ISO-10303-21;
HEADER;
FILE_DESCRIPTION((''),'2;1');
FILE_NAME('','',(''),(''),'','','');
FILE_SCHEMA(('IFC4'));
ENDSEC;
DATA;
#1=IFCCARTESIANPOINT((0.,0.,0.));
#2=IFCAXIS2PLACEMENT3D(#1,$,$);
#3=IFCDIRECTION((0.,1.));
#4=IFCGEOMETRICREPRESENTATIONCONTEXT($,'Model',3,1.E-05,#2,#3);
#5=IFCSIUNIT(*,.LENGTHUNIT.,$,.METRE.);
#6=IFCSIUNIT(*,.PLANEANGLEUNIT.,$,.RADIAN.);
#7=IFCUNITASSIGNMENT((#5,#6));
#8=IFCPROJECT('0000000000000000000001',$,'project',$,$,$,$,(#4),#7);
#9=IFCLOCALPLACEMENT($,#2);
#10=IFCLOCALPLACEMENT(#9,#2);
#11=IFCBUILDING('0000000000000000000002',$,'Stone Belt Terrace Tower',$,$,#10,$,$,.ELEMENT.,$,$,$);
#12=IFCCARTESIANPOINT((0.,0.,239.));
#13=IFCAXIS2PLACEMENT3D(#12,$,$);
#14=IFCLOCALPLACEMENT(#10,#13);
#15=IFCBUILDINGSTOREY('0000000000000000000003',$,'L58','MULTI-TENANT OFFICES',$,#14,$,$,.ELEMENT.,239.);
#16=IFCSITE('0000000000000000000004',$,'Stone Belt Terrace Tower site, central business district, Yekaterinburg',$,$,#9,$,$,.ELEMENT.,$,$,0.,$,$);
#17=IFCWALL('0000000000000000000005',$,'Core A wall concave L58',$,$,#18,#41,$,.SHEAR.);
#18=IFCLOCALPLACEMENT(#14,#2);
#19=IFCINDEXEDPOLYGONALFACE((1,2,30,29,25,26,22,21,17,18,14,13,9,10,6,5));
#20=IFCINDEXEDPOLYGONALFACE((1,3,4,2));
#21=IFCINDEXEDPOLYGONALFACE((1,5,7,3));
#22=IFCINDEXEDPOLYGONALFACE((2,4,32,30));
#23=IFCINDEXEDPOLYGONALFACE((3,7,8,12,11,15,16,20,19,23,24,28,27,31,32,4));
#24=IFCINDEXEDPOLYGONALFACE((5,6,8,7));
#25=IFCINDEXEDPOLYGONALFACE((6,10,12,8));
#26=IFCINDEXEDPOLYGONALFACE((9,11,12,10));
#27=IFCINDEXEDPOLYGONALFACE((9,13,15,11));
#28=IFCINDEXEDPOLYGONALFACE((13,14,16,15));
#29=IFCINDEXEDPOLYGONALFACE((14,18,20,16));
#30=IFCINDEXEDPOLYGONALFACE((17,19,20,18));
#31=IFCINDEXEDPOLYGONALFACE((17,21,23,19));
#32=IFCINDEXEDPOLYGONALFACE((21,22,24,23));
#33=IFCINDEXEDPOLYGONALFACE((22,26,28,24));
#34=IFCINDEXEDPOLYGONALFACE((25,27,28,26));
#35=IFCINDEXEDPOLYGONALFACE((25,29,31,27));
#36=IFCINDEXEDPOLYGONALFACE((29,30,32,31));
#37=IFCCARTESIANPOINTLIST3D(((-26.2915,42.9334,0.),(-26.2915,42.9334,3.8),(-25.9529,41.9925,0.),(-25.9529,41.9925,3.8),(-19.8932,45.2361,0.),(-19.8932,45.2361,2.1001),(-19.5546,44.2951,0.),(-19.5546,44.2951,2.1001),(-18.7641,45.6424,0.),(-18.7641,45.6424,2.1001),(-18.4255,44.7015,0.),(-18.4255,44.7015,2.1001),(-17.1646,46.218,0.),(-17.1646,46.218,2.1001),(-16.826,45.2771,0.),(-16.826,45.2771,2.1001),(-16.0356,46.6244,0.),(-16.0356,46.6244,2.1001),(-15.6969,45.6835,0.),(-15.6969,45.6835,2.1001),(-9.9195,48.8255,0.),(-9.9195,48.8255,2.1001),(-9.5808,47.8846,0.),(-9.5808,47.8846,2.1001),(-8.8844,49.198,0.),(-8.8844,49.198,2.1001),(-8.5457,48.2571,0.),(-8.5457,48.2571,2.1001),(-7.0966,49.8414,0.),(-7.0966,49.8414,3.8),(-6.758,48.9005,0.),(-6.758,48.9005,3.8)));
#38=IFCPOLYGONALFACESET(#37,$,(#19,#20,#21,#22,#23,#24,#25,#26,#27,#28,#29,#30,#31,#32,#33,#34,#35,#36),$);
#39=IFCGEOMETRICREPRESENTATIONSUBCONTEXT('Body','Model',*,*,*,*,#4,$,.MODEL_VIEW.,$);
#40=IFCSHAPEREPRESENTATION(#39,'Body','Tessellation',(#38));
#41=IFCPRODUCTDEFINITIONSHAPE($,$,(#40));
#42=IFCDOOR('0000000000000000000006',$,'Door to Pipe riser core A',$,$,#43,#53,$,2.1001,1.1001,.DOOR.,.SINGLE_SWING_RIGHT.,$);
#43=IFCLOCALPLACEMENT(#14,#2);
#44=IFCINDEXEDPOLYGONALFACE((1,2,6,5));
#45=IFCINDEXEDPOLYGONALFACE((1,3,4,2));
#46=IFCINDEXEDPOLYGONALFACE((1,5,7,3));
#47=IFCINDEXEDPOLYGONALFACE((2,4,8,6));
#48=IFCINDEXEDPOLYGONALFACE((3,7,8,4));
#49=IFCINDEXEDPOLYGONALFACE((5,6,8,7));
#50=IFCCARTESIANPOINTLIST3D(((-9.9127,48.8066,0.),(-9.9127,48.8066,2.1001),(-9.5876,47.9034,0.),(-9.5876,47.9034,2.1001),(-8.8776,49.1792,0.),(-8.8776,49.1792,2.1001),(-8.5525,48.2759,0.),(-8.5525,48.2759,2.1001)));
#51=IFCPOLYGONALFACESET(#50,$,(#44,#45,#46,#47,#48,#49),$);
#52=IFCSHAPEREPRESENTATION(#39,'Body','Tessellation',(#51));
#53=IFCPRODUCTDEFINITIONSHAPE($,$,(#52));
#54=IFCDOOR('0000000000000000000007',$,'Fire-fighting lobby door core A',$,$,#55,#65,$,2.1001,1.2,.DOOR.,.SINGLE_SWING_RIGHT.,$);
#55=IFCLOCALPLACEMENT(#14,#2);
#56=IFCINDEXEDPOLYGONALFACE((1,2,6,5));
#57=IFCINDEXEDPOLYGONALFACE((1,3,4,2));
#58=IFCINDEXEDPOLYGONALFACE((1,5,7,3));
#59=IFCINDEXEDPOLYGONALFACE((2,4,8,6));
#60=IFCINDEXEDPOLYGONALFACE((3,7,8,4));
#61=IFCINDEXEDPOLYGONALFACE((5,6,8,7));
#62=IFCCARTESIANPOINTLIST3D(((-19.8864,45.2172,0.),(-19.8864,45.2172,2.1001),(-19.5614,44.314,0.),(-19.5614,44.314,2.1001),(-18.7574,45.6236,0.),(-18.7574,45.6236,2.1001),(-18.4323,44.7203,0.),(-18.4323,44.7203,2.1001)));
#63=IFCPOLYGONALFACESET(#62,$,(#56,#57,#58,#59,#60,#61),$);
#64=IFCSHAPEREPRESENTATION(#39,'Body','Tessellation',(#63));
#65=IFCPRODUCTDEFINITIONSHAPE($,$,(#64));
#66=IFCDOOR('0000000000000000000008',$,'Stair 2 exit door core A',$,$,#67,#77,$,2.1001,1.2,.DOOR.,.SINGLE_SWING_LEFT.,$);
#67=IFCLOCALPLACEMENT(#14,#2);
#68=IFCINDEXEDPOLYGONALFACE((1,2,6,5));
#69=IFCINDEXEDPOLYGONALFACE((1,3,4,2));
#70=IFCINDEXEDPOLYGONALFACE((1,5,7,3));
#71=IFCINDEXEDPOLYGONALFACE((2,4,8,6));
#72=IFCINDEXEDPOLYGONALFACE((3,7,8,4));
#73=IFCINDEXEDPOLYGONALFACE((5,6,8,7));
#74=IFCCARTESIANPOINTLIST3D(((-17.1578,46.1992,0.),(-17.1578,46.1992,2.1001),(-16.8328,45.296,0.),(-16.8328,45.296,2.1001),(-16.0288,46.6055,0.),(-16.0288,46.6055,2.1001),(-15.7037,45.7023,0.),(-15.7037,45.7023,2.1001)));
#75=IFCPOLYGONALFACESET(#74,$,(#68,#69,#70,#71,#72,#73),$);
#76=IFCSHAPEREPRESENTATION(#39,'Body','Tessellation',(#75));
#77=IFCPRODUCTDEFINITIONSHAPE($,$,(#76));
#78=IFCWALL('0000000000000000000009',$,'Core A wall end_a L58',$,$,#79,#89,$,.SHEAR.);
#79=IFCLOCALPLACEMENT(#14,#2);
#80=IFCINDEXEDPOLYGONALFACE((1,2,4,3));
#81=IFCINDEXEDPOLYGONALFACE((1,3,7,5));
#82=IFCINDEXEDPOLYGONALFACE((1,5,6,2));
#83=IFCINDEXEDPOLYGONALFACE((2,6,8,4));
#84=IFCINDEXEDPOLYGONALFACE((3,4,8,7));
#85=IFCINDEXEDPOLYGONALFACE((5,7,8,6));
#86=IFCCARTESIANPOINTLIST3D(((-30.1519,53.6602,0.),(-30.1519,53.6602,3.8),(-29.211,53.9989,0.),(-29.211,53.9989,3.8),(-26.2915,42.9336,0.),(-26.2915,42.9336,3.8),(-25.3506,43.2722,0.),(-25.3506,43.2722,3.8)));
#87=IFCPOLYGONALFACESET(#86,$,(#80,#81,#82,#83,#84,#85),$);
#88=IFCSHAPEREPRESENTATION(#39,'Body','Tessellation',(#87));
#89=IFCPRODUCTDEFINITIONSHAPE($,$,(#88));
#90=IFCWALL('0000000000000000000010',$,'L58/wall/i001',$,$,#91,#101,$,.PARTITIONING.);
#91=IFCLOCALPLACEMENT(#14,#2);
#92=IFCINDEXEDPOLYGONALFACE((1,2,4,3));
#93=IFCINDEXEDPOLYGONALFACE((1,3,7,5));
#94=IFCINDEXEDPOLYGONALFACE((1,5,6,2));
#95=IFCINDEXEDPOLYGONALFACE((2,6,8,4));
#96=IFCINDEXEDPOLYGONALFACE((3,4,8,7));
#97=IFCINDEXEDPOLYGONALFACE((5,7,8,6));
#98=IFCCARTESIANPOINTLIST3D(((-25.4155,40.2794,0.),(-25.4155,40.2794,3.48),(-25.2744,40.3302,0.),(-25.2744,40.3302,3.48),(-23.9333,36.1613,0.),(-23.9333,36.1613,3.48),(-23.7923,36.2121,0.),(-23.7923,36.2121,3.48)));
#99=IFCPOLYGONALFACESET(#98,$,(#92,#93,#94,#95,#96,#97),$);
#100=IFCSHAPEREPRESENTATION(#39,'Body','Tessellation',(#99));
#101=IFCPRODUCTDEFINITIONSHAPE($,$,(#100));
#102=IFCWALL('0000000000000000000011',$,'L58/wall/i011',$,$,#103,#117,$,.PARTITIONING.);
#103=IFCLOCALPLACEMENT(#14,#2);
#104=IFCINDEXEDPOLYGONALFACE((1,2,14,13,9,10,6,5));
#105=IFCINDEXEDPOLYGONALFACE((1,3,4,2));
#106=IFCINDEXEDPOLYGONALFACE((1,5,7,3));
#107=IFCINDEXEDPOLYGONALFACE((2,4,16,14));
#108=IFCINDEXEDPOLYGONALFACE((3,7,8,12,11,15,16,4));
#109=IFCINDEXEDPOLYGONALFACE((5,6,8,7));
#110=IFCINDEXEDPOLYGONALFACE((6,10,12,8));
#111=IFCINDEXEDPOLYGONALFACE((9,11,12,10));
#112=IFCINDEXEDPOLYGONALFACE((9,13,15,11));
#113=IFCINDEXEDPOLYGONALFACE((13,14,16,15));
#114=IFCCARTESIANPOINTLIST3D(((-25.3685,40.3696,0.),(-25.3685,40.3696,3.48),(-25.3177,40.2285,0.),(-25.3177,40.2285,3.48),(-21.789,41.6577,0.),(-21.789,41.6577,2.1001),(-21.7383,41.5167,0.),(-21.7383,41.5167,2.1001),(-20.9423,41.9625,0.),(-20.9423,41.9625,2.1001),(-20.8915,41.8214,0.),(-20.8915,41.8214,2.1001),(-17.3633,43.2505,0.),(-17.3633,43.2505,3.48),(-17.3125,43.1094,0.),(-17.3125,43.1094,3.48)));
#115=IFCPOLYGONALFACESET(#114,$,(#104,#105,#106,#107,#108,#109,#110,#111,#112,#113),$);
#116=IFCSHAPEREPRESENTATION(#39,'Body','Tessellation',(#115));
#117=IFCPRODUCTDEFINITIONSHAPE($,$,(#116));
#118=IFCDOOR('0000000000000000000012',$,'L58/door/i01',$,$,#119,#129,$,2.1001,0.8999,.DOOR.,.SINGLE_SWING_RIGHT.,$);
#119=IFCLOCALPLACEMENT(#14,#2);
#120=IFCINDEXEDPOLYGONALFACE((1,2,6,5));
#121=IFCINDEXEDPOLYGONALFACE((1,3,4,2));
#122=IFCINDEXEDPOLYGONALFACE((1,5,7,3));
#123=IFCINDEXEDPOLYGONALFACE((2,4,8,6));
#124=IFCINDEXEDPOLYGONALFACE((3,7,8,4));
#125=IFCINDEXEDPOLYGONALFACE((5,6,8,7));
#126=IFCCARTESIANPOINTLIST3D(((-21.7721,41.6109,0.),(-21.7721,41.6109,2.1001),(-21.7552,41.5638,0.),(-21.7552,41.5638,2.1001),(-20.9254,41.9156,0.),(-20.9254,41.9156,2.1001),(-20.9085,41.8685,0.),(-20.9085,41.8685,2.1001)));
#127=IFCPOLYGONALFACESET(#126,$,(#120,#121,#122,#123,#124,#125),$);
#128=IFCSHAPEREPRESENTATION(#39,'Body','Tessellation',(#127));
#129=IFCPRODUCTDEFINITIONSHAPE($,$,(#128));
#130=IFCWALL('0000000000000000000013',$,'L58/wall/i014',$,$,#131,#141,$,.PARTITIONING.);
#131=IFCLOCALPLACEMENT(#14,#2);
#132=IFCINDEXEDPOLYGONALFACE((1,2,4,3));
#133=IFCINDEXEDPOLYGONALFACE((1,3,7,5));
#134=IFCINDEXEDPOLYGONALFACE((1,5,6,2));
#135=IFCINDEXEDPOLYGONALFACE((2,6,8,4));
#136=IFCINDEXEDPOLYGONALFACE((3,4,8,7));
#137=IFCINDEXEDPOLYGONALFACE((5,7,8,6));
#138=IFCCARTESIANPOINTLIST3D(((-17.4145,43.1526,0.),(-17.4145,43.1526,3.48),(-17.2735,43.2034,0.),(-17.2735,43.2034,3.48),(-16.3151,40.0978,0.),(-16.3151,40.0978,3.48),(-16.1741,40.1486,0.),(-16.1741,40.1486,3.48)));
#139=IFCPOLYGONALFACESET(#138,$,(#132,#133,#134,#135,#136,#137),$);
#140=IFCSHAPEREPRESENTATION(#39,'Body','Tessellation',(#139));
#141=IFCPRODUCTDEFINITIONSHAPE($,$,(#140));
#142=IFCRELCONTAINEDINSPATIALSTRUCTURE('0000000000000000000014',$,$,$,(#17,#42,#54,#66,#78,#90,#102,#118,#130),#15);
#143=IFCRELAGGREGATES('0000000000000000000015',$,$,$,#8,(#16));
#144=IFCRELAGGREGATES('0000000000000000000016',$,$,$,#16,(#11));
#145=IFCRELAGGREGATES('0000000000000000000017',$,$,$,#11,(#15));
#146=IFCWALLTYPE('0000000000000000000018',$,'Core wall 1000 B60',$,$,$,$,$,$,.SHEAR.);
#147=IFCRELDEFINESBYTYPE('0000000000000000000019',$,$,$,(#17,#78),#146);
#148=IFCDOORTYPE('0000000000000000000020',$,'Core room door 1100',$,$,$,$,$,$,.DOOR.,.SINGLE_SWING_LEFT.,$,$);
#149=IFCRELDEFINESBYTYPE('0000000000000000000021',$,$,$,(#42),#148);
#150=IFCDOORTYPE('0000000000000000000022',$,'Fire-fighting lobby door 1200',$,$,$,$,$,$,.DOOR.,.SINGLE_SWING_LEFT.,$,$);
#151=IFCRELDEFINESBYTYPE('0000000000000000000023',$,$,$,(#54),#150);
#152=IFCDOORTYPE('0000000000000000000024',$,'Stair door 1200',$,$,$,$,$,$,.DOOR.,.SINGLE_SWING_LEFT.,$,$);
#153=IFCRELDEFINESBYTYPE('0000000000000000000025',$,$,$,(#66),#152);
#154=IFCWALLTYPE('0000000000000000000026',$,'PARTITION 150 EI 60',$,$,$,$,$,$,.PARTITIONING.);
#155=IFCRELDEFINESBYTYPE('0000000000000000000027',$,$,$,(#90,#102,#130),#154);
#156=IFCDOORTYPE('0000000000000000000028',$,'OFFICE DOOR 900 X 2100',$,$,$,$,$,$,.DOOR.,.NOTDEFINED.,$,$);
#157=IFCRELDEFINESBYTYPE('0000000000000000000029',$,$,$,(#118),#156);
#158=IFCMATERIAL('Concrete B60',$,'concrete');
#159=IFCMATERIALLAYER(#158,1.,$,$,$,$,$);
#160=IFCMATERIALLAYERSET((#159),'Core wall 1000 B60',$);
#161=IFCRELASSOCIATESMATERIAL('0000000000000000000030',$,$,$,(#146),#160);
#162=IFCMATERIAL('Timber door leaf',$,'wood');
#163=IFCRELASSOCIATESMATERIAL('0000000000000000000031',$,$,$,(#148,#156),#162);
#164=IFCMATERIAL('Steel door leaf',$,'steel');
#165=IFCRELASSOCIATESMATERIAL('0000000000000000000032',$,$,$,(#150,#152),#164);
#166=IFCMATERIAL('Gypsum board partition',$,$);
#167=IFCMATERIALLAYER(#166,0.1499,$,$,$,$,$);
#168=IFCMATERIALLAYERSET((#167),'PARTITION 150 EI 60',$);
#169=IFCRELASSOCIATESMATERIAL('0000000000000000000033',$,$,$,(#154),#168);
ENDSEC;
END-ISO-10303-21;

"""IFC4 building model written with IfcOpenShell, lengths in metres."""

from ifc_helpers import new_model, si_unit, direction, frame, frame_2d, origin, place, context, subcontext, project, spatial, rectangle, extrude, material, layer, layer_set, type_object, element, fill, save


model = new_model("IFC4")

# Units and contexts
model_context = context("Model", 3, precision=1e-05, world=origin(), true_north=direction((0.0, 1.0)))
body_context = subcontext(model_context, "Body", "Model", "MODEL_VIEW")
ifc_project = project(units=[si_unit("LENGTHUNIT", "METRE"), si_unit("PLANEANGLEUNIT", "RADIAN")], contexts=[model_context])

# Site, building, storey
site_placement = place(None, origin())
site = spatial("IfcSite", under=ifc_project, at=site_placement, Name="Stone Belt Terrace Tower site, central business district, Yekaterinburg", CompositionType="ELEMENT", RefElevation=0.0)
building_placement = place(site_placement, origin())
building = spatial("IfcBuilding", under=site, at=building_placement, Name="Stone Belt Terrace Tower", CompositionType="ELEMENT")
storey_placement = place(building_placement, frame((0.0, 0.0, 239.0)))
storey = spatial("IfcBuildingStorey", under=building, at=storey_placement, Name="L58", Description="MULTI-TENANT OFFICES", CompositionType="ELEMENT", Elevation=239.0)

# Shared definitions
ifc_material_1 = material(Name="Concrete B60", Category="concrete")

# Wall, openings, doors
ifc_layer_1 = layer(ifc_material_1, 1.0)
ifc_layer_set_1 = layer_set([ifc_layer_1], Name="Core wall 1000 B60")
wall_type_1 = type_object("IfcWallType", Name="Core wall 1000 B60", PredefinedType="SHEAR", material=ifc_layer_set_1)
wall_1_placement = place(storey_placement, frame((-26.1223, 42.4629, 0.0), z_axis=(0.0, 0.0, 1.0), x_axis=(0.940921, 0.338625, 0.0)))
wall_1 = element("IfcWall", 1, at=wall_1_placement, inside=storey, type_object=wall_type_1, Name="Core A wall concave L58", PredefinedType="SHEAR", context=body_context, shape_type="SweptSolid", body=[
    extrude(rectangle(XDim=20.4001, YDim=1.0, at=frame_2d((10.2002, 0.0))), origin(), (0.0, 0.0, 1.0), 3.8),
])
opening_1_placement = place(wall_1_placement, frame((6.8, 0.0, 0.0)))
opening_1 = element("IfcOpeningElement", 2, at=opening_1_placement, cuts=wall_1, PredefinedType="OPENING", context=body_context, shape_type="SweptSolid", body=[
    extrude(rectangle(XDim=1.2, YDim=2.1001, at=frame_2d((0.6001, 1.05))), frame((0.0, 0.51, 0.0), z_axis=(0.0, -1.0, 0.0), x_axis=(1.0, 0.0, 0.0)), (0.0, 0.0, 1.0), 1.02),
])
opening_2_placement = place(wall_1_placement, frame((9.7, 0.0, 0.0)))
opening_2 = element("IfcOpeningElement", 3, at=opening_2_placement, cuts=wall_1, PredefinedType="OPENING", context=body_context, shape_type="SweptSolid", body=[
    extrude(rectangle(XDim=1.2, YDim=2.1001, at=frame_2d((0.6001, 1.05))), frame((0.0, 0.51, 0.0), z_axis=(0.0, -1.0, 0.0), x_axis=(1.0, 0.0, 0.0)), (0.0, 0.0, 1.0), 1.02),
])
opening_3_placement = place(wall_1_placement, frame((17.4001, 0.0, 0.0)))
opening_3 = element("IfcOpeningElement", 4, at=opening_3_placement, cuts=wall_1, PredefinedType="OPENING", context=body_context, shape_type="SweptSolid", body=[
    extrude(rectangle(XDim=1.1001, YDim=2.1001, at=frame_2d((0.55, 1.05))), frame((0.0, 0.51, 0.0), z_axis=(0.0, -1.0, 0.0), x_axis=(1.0, 0.0, 0.0)), (0.0, 0.0, 1.0), 1.02),
])
ifc_material_2 = material(Name="Timber door leaf", Category="wood")
door_type_1 = type_object("IfcDoorType", Name="Core room door 1100", OperationType="SINGLE_SWING_LEFT", PredefinedType="DOOR", material=ifc_material_2)
door_1_placement = place(opening_3_placement, origin())
door_1 = element("IfcDoor", 5, at=door_1_placement, inside=storey, type_object=door_type_1, Name="Door to Pipe riser core A", OperationType="SINGLE_SWING_RIGHT", OverallHeight=2.1001, OverallWidth=1.1001, PredefinedType="DOOR", context=body_context, shape_type="SweptSolid", body=[
    extrude(rectangle(XDim=1.1001, YDim=2.1001, at=frame_2d((0.55, 1.05))), frame((0.0, 0.48, 0.0), z_axis=(0.0, -1.0, 0.0), x_axis=(1.0, 0.0, 0.0)), (0.0, 0.0, 1.0), 0.96),
])
fill(opening_3, door_1)
ifc_material_3 = material(Name="Steel door leaf", Category="steel")
door_type_2 = type_object("IfcDoorType", Name="Fire-fighting lobby door 1200", OperationType="SINGLE_SWING_LEFT", PredefinedType="DOOR", material=ifc_material_3)
door_2_placement = place(opening_1_placement, origin())
door_2 = element("IfcDoor", 6, at=door_2_placement, inside=storey, type_object=door_type_2, Name="Fire-fighting lobby door core A", OperationType="SINGLE_SWING_RIGHT", OverallHeight=2.1001, OverallWidth=1.2, PredefinedType="DOOR", context=body_context, shape_type="SweptSolid", body=[
    extrude(rectangle(XDim=1.2, YDim=2.1001, at=frame_2d((0.6001, 1.05))), frame((0.0, 0.48, 0.0), z_axis=(0.0, -1.0, 0.0), x_axis=(1.0, 0.0, 0.0)), (0.0, 0.0, 1.0), 0.96),
])
fill(opening_1, door_2)
door_type_3 = type_object("IfcDoorType", Name="Stair door 1200", OperationType="SINGLE_SWING_LEFT", PredefinedType="DOOR", material=ifc_material_3)
door_3_placement = place(opening_2_placement, origin())
door_3 = element("IfcDoor", 7, at=door_3_placement, inside=storey, type_object=door_type_3, Name="Stair 2 exit door core A", OperationType="SINGLE_SWING_LEFT", OverallHeight=2.1001, OverallWidth=1.2, PredefinedType="DOOR", context=body_context, shape_type="SweptSolid", body=[
    extrude(rectangle(XDim=1.2, YDim=2.1001, at=frame_2d((0.6001, 1.05))), frame((0.0, 0.48, 0.0), z_axis=(0.0, -1.0, 0.0), x_axis=(1.0, 0.0, 0.0)), (0.0, 0.0, 1.0), 0.96),
])
fill(opening_2, door_3)

# Walls
wall_2_placement = place(storey_placement, frame((-25.821, 43.1028, 0.0), z_axis=(0.0, 0.0, 1.0), x_axis=(-0.338625, 0.940921, 0.0)))
element("IfcWall", 8, at=wall_2_placement, inside=storey, type_object=wall_type_1, Name="Core A wall end_a L58", PredefinedType="SHEAR", context=body_context, shape_type="SweptSolid", body=[
    extrude(rectangle(XDim=11.4001, YDim=1.0, at=frame_2d((5.7002, 0.0))), origin(), (0.0, 0.0, 1.0), 3.8),
])
ifc_material_4 = material(Name="Gypsum board partition")
ifc_layer_2 = layer(ifc_material_4, 0.1499)
ifc_layer_set_2 = layer_set([ifc_layer_2], Name="PARTITION 150 EI 60")
wall_type_2 = type_object("IfcWallType", Name="PARTITION 150 EI 60", PredefinedType="PARTITIONING", material=ifc_layer_set_2)
wall_3_placement = place(storey_placement, frame((-25.345, 40.3049, 0.0), z_axis=(0.0, 0.0, 1.0), x_axis=(0.338646, -0.940914, 0.0)))
element("IfcWall", 9, at=wall_3_placement, inside=storey, type_object=wall_type_2, Name="L58/wall/i001", PredefinedType="PARTITIONING", context=body_context, shape_type="SweptSolid", body=[
    extrude(rectangle(XDim=4.3767, YDim=0.1499, at=frame_2d((2.1885, 0.0))), origin(), (0.0, 0.0, 1.0), 3.48),
])

# Wall, opening, door
wall_4_placement = place(storey_placement, frame((-17.3379, 43.1799, 0.0), z_axis=(0.0, 0.0, 1.0), x_axis=(-0.940924, -0.338617, 0.0)))
wall_4 = element("IfcWall", 10, at=wall_4_placement, inside=storey, type_object=wall_type_2, Name="L58/wall/i011", PredefinedType="PARTITIONING", context=body_context, shape_type="SweptSolid", body=[
    extrude(rectangle(XDim=8.5078, YDim=0.1499, at=frame_2d((4.2539, 0.0))), origin(), (0.0, 0.0, 1.0), 3.48),
])
opening_4_placement = place(wall_4_placement, frame((3.8037, 0.0, 0.0)))
opening_4 = element("IfcOpeningElement", 11, at=opening_4_placement, cuts=wall_4, PredefinedType="OPENING", context=body_context, shape_type="SweptSolid", body=[
    extrude(rectangle(XDim=0.8999, YDim=2.1001, at=frame_2d((0.45, 1.05))), frame((0.0, 0.085, 0.0), z_axis=(0.0, -1.0, 0.0), x_axis=(1.0, 0.0, 0.0)), (0.0, 0.0, 1.0), 0.1699),
])
door_type_4 = type_object("IfcDoorType", Name="OFFICE DOOR 900 X 2100", OperationType="NOTDEFINED", PredefinedType="DOOR", material=ifc_material_2)
door_4_placement = place(opening_4_placement, origin())
door_4 = element("IfcDoor", 12, at=door_4_placement, inside=storey, type_object=door_type_4, Name="L58/door/i01", OperationType="SINGLE_SWING_RIGHT", OverallHeight=2.1001, OverallWidth=0.8999, PredefinedType="DOOR", context=body_context, shape_type="SweptSolid", body=[
    extrude(rectangle(XDim=0.8999, YDim=2.1001, at=frame_2d((0.45, 1.05))), frame((0.0, 0.0249, 0.0), z_axis=(0.0, -1.0, 0.0), x_axis=(1.0, 0.0, 0.0)), (0.0, 0.0, 1.0), 0.05),
])
fill(opening_4, door_4)

# Wall
wall_5_placement = place(storey_placement, frame((-17.344, 43.178, 0.0), z_axis=(0.0, 0.0, 1.0), x_axis=(0.338632, -0.940919, 0.0)))
element("IfcWall", 13, at=wall_5_placement, inside=storey, type_object=wall_type_2, Name="L58/wall/i014", PredefinedType="PARTITIONING", context=body_context, shape_type="SweptSolid", body=[
    extrude(rectangle(XDim=3.2466, YDim=0.1499, at=frame_2d((1.6233, 0.0))), origin(), (0.0, 0.0, 1.0), 3.48),
])

save(model, "model.ifc")
